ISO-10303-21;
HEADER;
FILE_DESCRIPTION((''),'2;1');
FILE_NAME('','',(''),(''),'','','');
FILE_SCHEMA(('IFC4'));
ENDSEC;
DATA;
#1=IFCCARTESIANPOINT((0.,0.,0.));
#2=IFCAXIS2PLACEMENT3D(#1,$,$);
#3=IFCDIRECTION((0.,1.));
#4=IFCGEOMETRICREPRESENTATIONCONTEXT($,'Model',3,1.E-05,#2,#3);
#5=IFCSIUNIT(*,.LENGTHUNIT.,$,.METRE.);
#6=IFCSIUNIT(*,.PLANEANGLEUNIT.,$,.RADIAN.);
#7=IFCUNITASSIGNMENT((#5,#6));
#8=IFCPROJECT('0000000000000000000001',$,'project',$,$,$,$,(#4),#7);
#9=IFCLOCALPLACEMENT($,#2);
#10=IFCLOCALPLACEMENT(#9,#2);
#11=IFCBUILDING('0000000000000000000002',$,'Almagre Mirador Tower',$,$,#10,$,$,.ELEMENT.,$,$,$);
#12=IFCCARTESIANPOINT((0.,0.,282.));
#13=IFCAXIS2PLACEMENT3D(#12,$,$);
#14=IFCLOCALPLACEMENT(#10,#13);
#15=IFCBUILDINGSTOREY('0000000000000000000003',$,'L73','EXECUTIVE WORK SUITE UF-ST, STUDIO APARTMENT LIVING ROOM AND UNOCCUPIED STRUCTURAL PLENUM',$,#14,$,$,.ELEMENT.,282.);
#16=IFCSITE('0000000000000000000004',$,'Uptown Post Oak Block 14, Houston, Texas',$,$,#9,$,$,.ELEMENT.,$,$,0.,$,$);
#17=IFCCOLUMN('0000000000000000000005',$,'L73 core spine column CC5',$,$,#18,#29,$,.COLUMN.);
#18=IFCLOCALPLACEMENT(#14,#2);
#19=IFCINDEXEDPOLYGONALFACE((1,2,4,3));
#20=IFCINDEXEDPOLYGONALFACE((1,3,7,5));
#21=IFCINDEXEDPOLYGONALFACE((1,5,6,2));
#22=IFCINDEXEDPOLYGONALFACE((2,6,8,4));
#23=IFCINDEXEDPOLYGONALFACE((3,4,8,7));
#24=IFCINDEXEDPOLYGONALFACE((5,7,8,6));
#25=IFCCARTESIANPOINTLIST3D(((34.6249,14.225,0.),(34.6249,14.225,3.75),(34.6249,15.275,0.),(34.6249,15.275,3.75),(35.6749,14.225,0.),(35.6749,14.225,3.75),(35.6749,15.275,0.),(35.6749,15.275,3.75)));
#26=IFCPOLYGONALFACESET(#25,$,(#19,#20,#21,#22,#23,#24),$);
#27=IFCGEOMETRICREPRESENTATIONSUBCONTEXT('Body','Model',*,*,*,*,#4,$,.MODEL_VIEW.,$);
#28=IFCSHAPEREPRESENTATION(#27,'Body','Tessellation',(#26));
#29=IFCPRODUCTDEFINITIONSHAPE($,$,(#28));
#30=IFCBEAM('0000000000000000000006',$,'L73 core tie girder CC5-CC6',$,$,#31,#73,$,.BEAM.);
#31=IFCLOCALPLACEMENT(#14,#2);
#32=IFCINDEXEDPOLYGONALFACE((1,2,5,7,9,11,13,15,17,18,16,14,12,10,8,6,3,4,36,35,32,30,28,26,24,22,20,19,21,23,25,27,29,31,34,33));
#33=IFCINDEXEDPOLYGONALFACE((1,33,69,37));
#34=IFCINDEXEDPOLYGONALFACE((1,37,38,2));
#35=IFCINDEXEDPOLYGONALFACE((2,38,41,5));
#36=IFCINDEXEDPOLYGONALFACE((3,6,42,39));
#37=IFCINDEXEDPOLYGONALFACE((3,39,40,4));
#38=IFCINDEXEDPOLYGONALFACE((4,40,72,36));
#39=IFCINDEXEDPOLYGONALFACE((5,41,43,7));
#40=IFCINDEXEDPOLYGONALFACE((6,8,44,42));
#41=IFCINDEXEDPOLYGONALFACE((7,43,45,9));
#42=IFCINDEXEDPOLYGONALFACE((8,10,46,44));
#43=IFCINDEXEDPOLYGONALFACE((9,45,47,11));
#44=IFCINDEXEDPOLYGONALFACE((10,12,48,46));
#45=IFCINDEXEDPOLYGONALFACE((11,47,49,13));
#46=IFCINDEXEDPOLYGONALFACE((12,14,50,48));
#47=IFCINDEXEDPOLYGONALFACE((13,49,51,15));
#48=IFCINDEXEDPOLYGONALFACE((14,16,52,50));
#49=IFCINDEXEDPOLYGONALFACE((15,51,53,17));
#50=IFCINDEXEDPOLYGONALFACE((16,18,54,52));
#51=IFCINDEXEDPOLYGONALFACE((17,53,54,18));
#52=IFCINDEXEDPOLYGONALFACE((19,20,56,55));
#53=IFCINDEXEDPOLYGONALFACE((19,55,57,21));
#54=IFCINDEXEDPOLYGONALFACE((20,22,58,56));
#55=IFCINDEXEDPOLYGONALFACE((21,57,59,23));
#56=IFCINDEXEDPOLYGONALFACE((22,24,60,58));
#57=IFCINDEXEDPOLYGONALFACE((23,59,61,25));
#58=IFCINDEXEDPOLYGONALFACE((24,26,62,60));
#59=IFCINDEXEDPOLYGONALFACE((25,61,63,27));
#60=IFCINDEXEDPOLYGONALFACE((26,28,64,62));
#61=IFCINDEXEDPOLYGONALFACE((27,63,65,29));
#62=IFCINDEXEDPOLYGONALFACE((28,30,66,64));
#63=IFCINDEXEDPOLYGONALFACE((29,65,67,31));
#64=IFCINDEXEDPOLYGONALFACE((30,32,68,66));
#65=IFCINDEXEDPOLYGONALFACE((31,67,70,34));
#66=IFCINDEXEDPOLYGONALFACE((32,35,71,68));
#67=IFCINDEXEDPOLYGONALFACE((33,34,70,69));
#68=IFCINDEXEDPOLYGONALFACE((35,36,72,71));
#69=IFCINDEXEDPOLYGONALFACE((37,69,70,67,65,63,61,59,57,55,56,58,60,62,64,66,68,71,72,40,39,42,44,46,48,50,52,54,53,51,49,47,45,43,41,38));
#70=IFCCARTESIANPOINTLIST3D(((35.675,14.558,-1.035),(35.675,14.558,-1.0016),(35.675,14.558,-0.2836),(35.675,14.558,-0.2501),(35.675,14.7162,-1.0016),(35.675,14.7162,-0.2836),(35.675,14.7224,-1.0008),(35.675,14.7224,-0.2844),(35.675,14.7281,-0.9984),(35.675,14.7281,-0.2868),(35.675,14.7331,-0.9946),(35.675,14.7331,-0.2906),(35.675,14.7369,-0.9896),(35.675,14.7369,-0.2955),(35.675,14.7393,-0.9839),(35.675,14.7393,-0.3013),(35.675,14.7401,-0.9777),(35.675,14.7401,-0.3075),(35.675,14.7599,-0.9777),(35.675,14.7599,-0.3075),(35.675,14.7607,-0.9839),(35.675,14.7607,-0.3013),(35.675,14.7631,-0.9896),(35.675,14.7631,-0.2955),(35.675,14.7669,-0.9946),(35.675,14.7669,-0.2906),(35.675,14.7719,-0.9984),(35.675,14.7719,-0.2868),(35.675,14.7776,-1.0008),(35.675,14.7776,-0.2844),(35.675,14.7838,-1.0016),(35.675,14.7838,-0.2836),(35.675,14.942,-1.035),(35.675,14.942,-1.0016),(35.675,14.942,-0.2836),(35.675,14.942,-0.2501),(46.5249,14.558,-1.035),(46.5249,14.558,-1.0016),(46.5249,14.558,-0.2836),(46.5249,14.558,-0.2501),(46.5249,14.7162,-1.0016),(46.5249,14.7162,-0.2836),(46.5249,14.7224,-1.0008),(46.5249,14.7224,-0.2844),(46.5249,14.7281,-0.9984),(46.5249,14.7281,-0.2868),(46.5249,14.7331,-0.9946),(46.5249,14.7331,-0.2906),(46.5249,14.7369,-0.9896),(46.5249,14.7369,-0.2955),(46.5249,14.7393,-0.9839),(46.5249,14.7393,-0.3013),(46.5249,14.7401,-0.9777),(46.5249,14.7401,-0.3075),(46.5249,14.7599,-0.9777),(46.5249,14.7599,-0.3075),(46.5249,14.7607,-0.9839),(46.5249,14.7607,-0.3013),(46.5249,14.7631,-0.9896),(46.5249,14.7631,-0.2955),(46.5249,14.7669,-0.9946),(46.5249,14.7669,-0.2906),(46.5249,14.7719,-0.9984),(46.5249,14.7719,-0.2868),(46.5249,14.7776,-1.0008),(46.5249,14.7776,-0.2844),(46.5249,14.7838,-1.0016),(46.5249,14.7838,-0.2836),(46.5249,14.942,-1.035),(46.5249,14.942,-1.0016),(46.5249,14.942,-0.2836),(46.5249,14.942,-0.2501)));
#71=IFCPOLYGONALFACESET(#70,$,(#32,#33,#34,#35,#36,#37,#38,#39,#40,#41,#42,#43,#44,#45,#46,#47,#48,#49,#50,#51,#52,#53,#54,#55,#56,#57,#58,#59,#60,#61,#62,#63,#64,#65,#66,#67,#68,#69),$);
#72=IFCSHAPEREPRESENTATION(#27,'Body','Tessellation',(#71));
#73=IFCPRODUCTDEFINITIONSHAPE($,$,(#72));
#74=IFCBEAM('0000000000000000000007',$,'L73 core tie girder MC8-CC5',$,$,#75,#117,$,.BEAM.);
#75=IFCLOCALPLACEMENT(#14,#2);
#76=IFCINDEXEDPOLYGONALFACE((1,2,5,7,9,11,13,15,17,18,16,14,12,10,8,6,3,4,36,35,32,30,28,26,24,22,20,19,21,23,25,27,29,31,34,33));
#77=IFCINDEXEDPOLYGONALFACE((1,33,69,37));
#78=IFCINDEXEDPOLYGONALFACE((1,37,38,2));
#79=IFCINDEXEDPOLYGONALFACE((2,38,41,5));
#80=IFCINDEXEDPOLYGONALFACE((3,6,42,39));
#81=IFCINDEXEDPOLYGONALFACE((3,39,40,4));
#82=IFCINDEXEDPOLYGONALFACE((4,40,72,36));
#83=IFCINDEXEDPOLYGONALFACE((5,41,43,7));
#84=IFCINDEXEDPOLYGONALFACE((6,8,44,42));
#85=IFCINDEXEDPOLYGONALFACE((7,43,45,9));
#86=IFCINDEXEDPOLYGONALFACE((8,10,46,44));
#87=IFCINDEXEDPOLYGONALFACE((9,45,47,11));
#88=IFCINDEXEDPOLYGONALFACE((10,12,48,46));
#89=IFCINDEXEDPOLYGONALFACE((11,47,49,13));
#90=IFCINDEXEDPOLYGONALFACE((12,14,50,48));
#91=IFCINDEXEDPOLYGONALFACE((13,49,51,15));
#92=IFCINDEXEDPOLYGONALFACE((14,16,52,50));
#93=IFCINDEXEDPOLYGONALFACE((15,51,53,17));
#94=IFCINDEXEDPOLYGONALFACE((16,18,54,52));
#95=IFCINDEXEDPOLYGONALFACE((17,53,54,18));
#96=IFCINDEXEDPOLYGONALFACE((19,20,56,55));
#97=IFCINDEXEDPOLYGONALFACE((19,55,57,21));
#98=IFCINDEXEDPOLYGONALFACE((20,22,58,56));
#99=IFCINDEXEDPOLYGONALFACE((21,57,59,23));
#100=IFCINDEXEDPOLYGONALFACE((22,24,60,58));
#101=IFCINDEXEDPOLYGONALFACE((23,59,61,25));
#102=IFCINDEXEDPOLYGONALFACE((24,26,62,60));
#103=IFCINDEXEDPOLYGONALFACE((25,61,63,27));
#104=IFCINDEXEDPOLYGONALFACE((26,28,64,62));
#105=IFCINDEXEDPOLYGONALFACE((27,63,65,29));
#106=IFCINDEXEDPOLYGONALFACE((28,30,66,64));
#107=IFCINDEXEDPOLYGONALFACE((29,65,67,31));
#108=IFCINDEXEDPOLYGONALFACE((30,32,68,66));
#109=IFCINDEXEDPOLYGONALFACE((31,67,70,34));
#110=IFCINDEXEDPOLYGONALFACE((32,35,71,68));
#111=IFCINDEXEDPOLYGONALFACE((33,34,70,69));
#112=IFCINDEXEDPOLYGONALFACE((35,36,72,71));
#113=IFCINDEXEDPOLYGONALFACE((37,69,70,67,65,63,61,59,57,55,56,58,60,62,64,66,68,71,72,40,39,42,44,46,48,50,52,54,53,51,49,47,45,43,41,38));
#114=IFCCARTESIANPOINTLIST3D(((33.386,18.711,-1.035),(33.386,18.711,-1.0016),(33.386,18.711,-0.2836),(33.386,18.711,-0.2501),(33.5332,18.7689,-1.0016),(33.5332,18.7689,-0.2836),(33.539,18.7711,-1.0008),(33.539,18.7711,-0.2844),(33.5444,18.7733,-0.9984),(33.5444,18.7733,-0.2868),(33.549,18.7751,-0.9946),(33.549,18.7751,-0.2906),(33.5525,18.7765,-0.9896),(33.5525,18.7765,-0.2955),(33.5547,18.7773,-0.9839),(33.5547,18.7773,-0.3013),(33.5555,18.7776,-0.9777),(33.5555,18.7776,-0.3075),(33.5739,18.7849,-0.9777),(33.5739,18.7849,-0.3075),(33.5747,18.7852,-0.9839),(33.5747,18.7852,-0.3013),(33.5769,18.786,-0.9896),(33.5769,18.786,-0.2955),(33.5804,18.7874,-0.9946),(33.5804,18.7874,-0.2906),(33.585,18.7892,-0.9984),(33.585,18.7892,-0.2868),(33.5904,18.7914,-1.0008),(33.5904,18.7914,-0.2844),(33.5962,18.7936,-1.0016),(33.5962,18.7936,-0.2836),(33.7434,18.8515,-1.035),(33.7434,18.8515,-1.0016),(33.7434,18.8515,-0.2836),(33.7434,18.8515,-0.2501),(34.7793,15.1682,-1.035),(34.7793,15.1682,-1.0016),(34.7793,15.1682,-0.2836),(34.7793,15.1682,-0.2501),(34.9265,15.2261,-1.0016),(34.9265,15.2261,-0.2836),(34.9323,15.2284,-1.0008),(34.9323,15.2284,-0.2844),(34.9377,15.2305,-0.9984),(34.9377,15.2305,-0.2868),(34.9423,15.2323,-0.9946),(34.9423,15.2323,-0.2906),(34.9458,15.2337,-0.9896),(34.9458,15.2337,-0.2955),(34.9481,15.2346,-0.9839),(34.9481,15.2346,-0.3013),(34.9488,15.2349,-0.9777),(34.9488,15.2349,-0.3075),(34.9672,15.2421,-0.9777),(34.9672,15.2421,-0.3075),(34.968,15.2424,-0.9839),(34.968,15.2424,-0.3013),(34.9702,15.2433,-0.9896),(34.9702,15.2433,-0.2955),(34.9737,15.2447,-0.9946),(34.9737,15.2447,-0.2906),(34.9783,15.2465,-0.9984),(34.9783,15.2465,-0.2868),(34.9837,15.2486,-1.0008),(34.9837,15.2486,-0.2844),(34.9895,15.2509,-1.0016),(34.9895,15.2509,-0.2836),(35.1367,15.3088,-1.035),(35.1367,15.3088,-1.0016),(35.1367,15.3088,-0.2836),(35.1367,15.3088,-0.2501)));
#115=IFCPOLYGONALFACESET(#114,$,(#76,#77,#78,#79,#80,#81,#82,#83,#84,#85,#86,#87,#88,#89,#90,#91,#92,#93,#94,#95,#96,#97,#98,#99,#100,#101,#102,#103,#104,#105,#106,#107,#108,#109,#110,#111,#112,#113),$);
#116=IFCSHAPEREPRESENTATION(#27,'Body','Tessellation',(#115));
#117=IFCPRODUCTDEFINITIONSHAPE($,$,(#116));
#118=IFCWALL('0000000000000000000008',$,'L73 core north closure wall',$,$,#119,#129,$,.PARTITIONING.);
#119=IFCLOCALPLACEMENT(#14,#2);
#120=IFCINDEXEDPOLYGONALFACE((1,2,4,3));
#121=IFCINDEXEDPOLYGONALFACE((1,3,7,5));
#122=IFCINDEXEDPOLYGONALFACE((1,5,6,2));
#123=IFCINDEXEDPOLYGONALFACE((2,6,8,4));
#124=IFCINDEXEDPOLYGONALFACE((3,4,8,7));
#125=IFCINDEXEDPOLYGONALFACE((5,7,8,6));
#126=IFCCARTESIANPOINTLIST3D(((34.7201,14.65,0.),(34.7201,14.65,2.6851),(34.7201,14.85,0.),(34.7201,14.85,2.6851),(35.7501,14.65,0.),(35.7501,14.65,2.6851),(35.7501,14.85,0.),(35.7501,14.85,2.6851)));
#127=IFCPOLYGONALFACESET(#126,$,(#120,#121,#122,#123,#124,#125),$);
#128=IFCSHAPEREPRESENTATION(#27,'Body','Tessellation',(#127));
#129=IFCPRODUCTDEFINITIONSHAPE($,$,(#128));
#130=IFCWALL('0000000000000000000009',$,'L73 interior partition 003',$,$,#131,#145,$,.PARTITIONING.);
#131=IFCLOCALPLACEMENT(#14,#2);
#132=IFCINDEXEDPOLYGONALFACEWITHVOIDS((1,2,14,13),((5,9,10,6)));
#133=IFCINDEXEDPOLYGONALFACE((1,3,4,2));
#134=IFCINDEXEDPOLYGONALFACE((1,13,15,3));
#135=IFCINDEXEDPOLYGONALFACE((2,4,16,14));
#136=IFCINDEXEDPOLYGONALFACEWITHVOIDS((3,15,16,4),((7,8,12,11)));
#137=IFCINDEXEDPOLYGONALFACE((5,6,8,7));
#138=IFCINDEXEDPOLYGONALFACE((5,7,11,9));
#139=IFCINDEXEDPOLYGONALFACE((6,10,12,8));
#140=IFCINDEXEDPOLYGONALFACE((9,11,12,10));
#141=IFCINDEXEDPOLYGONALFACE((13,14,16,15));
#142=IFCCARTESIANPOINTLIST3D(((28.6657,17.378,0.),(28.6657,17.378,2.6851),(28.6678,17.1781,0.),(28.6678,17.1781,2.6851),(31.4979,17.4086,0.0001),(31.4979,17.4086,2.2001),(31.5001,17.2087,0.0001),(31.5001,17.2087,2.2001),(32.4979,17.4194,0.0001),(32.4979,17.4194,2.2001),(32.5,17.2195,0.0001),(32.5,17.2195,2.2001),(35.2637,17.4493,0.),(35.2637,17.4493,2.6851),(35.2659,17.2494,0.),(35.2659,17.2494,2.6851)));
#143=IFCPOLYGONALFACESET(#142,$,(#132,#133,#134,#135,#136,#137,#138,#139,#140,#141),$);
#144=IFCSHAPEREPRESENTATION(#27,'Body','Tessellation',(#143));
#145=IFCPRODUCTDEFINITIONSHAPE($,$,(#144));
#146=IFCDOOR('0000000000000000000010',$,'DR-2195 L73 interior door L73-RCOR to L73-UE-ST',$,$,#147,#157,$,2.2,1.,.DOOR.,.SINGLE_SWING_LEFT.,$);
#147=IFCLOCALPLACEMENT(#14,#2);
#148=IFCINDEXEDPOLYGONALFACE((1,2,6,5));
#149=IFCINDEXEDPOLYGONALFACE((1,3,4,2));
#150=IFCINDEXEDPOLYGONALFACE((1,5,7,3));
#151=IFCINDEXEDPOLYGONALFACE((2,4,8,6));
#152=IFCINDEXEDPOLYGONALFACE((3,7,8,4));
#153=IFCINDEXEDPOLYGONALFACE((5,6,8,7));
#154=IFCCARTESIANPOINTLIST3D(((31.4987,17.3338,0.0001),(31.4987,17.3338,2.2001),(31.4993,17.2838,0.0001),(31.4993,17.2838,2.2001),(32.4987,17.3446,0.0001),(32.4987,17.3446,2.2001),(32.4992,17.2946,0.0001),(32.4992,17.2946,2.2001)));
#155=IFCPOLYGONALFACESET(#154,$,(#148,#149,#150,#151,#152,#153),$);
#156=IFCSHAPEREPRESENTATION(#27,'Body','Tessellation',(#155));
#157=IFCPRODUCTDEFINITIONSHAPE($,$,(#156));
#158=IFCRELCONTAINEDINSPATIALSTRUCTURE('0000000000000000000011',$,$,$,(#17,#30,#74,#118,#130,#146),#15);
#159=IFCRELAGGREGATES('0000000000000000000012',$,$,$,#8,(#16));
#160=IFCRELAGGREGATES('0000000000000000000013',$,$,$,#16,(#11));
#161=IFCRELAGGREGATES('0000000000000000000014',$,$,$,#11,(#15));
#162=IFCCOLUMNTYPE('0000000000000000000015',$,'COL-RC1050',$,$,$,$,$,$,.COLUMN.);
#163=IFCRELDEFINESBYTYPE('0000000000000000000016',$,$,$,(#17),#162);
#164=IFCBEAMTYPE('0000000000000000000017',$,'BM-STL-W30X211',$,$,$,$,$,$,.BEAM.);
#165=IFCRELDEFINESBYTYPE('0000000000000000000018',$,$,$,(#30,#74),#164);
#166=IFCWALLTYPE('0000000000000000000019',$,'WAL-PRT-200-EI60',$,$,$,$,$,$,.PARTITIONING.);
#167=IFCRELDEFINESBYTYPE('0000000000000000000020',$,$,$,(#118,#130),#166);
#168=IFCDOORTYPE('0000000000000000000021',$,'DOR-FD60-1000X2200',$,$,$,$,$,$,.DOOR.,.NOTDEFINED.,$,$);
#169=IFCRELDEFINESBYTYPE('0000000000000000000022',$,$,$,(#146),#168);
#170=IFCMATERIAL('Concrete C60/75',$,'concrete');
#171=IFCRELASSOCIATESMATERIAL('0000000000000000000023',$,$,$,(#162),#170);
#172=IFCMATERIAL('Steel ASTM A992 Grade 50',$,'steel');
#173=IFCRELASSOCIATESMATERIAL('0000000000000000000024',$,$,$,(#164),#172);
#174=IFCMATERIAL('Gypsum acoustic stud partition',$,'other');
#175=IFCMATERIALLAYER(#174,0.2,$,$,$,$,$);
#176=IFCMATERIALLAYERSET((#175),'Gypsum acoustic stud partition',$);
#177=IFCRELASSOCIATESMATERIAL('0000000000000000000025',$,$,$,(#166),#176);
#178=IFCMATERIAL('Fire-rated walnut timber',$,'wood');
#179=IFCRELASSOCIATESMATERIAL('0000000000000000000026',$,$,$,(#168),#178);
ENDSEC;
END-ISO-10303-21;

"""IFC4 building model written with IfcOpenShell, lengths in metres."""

from ifc_helpers import new_model, si_unit, direction, frame, frame_2d, origin, origin_2d, place, context, subcontext, project, spatial, rectangle, i_section, extrude, material, layer, layer_set, material_profile, profile_set, type_object, element, fill, save


model = new_model("IFC4")

# Units and contexts
model_context = context("Model", 3, precision=1e-05, world=origin(), true_north=direction((0.0, 1.0)))
body_context = subcontext(model_context, "Body", "Model", "MODEL_VIEW")
ifc_project = project(units=[si_unit("LENGTHUNIT", "METRE"), si_unit("PLANEANGLEUNIT", "RADIAN")], contexts=[model_context])

# Site, building, storey
site_placement = place(None, origin())
site = spatial("IfcSite", under=ifc_project, at=site_placement, Name="Uptown Post Oak Block 14, Houston, Texas", CompositionType="ELEMENT", RefElevation=0.0)
building_placement = place(site_placement, origin())
building = spatial("IfcBuilding", under=site, at=building_placement, Name="Almagre Mirador Tower", CompositionType="ELEMENT")
storey_placement = place(building_placement, frame((0.0, 0.0, 282.0)))
storey = spatial("IfcBuildingStorey", under=building, at=storey_placement, Name="L73", Description="EXECUTIVE WORK SUITE UF-ST, STUDIO APARTMENT LIVING ROOM AND UNOCCUPIED STRUCTURAL PLENUM", CompositionType="ELEMENT", Elevation=282.0)

# Column
ifc_material_1 = material(Name="Concrete C60/75", Category="concrete")
ifc_material_profile_1 = material_profile(ifc_material_1, rectangle(XDim=1.05, YDim=1.05, at=origin_2d()), Name="RC1050X1050")
ifc_profile_set_1 = profile_set([ifc_material_profile_1], Name="Concrete C60/75")
column_type = type_object("IfcColumnType", Name="COL-RC1050", PredefinedType="COLUMN", material=ifc_profile_set_1)
column_placement = place(storey_placement, frame((35.1499, 14.75, 0.0), z_axis=(0.0, 0.0, 1.0), x_axis=(1.0, 0.0, 0.0)))
element("IfcColumn", 1, at=column_placement, inside=storey, type_object=column_type, Name="L73 core spine column CC5", PredefinedType="COLUMN", context=body_context, shape_type="SweptSolid", body=[
    extrude(rectangle(XDim=1.05, YDim=1.05, at=origin_2d()), origin(), (0.0, 0.0, 1.0), 3.75),
])

# Beams
ifc_material_2 = material(Name="Steel ASTM A992 Grade 50", Category="steel")
ifc_material_profile_2 = material_profile(ifc_material_2, i_section(OverallWidth=0.384, OverallDepth=0.7849, WebThickness=0.0198, FlangeThickness=0.0334, FilletRadius=0.0239, at=origin_2d()), Name="W30X211")
ifc_profile_set_2 = profile_set([ifc_material_profile_2], Name="Steel ASTM A992 Grade 50")
beam_type = type_object("IfcBeamType", Name="BM-STL-W30X211", PredefinedType="BEAM", material=ifc_profile_set_2)
beam_1_placement = place(storey_placement, frame((35.675, 14.75, -0.6426), z_axis=(1.0, 0.0, 0.0), x_axis=(0.0, 1.0, 0.0)))
element("IfcBeam", 2, at=beam_1_placement, inside=storey, type_object=beam_type, Name="L73 core tie girder CC5-CC6", PredefinedType="BEAM", context=body_context, shape_type="SweptSolid", body=[
    extrude(i_section(OverallWidth=0.384, OverallDepth=0.7849, WebThickness=0.0198, FlangeThickness=0.0334, FilletRadius=0.0239, at=origin_2d()), origin(), (0.0, 0.0, 1.0), 10.8499),
])
beam_2_placement = place(storey_placement, frame((33.5647, 18.7812, -0.6426), z_axis=(0.366, -0.930615, 0.0), x_axis=(0.930615, 0.366, 0.0)))
element("IfcBeam", 3, at=beam_2_placement, inside=storey, type_object=beam_type, Name="L73 core tie girder MC8-CC5", PredefinedType="BEAM", context=body_context, shape_type="SweptSolid", body=[
    extrude(i_section(OverallWidth=0.384, OverallDepth=0.7849, WebThickness=0.0198, FlangeThickness=0.0334, FilletRadius=0.0239, at=origin_2d()), origin(), (0.0, 0.0, 1.0), 3.8069),
])

# Wall
ifc_material_3 = material(Name="Gypsum acoustic stud partition", Category="other")
ifc_layer_1 = layer(ifc_material_3, 0.2)
ifc_layer_set_1 = layer_set([ifc_layer_1], Name="Gypsum acoustic stud partition")
wall_type_1 = type_object("IfcWallType", Name="WAL-PRT-200-EI60", PredefinedType="PARTITIONING", material=ifc_layer_set_1)
wall_1_placement = place(storey_placement, frame((34.72, 14.75, 0.0), z_axis=(0.0, 0.0, 1.0), x_axis=(1.0, 0.0, 0.0)))
element("IfcWall", 4, at=wall_1_placement, inside=storey, type_object=wall_type_1, Name="L73 core north closure wall", PredefinedType="PARTITIONING", context=body_context, shape_type="SweptSolid", body=[
    extrude(rectangle(XDim=1.03, YDim=0.2, at=frame_2d((0.5151, 0.0))), origin(), (0.0, 0.0, 1.0), 2.6851),
])

# Wall, opening, door
wall_2_placement = place(storey_placement, frame((35.2649, 17.3494, 0.0), z_axis=(0.0, 0.0, 1.0), x_axis=(-0.999942, -0.010804, 0.0)))
wall_2 = element("IfcWall", 5, at=wall_2_placement, inside=storey, type_object=wall_type_1, Name="L73 interior partition 003", PredefinedType="PARTITIONING", context=body_context, shape_type="SweptSolid", body=[
    extrude(rectangle(XDim=6.5984, YDim=0.2, at=frame_2d((3.2993, 0.0))), origin(), (0.0, 0.0, 1.0), 2.6851),
])
opening_1_placement = place(wall_2_placement, frame((2.7661, 0.0, 0.0)))
opening_1 = element("IfcOpeningElement", 6, at=opening_1_placement, cuts=wall_2, PredefinedType="OPENING", context=body_context, shape_type="SweptSolid", body=[
    extrude(rectangle(XDim=1.0, YDim=2.2, at=frame_2d((0.5, 1.1001))), frame((0.0, 0.1101, 0.0), z_axis=(0.0, -1.0, 0.0), x_axis=(1.0, 0.0, 0.0)), (0.0, 0.0, 1.0), 0.22),
])
ifc_material_4 = material(Name="Fire-rated walnut timber", Category="wood")
door_type_1 = type_object("IfcDoorType", Name="DOR-FD60-1000X2200", OperationType="NOTDEFINED", PredefinedType="DOOR", material=ifc_material_4)
door_1_placement = place(opening_1_placement, origin())
door_1 = element("IfcDoor", 7, at=door_1_placement, inside=storey, type_object=door_type_1, Name="DR-2195 L73 interior door L73-RCOR to L73-UE-ST", OperationType="SINGLE_SWING_LEFT", OverallHeight=2.2, OverallWidth=1.0, PredefinedType="DOOR", context=body_context, shape_type="SweptSolid", body=[
    extrude(rectangle(XDim=1.0, YDim=2.2, at=frame_2d((0.5, 1.1001))), frame((0.0, 0.0249, 0.0), z_axis=(0.0, -1.0, 0.0), x_axis=(1.0, 0.0, 0.0)), (0.0, 0.0, 1.0), 0.05),
])
fill(opening_1, door_1)

save(model, "model.ifc")
